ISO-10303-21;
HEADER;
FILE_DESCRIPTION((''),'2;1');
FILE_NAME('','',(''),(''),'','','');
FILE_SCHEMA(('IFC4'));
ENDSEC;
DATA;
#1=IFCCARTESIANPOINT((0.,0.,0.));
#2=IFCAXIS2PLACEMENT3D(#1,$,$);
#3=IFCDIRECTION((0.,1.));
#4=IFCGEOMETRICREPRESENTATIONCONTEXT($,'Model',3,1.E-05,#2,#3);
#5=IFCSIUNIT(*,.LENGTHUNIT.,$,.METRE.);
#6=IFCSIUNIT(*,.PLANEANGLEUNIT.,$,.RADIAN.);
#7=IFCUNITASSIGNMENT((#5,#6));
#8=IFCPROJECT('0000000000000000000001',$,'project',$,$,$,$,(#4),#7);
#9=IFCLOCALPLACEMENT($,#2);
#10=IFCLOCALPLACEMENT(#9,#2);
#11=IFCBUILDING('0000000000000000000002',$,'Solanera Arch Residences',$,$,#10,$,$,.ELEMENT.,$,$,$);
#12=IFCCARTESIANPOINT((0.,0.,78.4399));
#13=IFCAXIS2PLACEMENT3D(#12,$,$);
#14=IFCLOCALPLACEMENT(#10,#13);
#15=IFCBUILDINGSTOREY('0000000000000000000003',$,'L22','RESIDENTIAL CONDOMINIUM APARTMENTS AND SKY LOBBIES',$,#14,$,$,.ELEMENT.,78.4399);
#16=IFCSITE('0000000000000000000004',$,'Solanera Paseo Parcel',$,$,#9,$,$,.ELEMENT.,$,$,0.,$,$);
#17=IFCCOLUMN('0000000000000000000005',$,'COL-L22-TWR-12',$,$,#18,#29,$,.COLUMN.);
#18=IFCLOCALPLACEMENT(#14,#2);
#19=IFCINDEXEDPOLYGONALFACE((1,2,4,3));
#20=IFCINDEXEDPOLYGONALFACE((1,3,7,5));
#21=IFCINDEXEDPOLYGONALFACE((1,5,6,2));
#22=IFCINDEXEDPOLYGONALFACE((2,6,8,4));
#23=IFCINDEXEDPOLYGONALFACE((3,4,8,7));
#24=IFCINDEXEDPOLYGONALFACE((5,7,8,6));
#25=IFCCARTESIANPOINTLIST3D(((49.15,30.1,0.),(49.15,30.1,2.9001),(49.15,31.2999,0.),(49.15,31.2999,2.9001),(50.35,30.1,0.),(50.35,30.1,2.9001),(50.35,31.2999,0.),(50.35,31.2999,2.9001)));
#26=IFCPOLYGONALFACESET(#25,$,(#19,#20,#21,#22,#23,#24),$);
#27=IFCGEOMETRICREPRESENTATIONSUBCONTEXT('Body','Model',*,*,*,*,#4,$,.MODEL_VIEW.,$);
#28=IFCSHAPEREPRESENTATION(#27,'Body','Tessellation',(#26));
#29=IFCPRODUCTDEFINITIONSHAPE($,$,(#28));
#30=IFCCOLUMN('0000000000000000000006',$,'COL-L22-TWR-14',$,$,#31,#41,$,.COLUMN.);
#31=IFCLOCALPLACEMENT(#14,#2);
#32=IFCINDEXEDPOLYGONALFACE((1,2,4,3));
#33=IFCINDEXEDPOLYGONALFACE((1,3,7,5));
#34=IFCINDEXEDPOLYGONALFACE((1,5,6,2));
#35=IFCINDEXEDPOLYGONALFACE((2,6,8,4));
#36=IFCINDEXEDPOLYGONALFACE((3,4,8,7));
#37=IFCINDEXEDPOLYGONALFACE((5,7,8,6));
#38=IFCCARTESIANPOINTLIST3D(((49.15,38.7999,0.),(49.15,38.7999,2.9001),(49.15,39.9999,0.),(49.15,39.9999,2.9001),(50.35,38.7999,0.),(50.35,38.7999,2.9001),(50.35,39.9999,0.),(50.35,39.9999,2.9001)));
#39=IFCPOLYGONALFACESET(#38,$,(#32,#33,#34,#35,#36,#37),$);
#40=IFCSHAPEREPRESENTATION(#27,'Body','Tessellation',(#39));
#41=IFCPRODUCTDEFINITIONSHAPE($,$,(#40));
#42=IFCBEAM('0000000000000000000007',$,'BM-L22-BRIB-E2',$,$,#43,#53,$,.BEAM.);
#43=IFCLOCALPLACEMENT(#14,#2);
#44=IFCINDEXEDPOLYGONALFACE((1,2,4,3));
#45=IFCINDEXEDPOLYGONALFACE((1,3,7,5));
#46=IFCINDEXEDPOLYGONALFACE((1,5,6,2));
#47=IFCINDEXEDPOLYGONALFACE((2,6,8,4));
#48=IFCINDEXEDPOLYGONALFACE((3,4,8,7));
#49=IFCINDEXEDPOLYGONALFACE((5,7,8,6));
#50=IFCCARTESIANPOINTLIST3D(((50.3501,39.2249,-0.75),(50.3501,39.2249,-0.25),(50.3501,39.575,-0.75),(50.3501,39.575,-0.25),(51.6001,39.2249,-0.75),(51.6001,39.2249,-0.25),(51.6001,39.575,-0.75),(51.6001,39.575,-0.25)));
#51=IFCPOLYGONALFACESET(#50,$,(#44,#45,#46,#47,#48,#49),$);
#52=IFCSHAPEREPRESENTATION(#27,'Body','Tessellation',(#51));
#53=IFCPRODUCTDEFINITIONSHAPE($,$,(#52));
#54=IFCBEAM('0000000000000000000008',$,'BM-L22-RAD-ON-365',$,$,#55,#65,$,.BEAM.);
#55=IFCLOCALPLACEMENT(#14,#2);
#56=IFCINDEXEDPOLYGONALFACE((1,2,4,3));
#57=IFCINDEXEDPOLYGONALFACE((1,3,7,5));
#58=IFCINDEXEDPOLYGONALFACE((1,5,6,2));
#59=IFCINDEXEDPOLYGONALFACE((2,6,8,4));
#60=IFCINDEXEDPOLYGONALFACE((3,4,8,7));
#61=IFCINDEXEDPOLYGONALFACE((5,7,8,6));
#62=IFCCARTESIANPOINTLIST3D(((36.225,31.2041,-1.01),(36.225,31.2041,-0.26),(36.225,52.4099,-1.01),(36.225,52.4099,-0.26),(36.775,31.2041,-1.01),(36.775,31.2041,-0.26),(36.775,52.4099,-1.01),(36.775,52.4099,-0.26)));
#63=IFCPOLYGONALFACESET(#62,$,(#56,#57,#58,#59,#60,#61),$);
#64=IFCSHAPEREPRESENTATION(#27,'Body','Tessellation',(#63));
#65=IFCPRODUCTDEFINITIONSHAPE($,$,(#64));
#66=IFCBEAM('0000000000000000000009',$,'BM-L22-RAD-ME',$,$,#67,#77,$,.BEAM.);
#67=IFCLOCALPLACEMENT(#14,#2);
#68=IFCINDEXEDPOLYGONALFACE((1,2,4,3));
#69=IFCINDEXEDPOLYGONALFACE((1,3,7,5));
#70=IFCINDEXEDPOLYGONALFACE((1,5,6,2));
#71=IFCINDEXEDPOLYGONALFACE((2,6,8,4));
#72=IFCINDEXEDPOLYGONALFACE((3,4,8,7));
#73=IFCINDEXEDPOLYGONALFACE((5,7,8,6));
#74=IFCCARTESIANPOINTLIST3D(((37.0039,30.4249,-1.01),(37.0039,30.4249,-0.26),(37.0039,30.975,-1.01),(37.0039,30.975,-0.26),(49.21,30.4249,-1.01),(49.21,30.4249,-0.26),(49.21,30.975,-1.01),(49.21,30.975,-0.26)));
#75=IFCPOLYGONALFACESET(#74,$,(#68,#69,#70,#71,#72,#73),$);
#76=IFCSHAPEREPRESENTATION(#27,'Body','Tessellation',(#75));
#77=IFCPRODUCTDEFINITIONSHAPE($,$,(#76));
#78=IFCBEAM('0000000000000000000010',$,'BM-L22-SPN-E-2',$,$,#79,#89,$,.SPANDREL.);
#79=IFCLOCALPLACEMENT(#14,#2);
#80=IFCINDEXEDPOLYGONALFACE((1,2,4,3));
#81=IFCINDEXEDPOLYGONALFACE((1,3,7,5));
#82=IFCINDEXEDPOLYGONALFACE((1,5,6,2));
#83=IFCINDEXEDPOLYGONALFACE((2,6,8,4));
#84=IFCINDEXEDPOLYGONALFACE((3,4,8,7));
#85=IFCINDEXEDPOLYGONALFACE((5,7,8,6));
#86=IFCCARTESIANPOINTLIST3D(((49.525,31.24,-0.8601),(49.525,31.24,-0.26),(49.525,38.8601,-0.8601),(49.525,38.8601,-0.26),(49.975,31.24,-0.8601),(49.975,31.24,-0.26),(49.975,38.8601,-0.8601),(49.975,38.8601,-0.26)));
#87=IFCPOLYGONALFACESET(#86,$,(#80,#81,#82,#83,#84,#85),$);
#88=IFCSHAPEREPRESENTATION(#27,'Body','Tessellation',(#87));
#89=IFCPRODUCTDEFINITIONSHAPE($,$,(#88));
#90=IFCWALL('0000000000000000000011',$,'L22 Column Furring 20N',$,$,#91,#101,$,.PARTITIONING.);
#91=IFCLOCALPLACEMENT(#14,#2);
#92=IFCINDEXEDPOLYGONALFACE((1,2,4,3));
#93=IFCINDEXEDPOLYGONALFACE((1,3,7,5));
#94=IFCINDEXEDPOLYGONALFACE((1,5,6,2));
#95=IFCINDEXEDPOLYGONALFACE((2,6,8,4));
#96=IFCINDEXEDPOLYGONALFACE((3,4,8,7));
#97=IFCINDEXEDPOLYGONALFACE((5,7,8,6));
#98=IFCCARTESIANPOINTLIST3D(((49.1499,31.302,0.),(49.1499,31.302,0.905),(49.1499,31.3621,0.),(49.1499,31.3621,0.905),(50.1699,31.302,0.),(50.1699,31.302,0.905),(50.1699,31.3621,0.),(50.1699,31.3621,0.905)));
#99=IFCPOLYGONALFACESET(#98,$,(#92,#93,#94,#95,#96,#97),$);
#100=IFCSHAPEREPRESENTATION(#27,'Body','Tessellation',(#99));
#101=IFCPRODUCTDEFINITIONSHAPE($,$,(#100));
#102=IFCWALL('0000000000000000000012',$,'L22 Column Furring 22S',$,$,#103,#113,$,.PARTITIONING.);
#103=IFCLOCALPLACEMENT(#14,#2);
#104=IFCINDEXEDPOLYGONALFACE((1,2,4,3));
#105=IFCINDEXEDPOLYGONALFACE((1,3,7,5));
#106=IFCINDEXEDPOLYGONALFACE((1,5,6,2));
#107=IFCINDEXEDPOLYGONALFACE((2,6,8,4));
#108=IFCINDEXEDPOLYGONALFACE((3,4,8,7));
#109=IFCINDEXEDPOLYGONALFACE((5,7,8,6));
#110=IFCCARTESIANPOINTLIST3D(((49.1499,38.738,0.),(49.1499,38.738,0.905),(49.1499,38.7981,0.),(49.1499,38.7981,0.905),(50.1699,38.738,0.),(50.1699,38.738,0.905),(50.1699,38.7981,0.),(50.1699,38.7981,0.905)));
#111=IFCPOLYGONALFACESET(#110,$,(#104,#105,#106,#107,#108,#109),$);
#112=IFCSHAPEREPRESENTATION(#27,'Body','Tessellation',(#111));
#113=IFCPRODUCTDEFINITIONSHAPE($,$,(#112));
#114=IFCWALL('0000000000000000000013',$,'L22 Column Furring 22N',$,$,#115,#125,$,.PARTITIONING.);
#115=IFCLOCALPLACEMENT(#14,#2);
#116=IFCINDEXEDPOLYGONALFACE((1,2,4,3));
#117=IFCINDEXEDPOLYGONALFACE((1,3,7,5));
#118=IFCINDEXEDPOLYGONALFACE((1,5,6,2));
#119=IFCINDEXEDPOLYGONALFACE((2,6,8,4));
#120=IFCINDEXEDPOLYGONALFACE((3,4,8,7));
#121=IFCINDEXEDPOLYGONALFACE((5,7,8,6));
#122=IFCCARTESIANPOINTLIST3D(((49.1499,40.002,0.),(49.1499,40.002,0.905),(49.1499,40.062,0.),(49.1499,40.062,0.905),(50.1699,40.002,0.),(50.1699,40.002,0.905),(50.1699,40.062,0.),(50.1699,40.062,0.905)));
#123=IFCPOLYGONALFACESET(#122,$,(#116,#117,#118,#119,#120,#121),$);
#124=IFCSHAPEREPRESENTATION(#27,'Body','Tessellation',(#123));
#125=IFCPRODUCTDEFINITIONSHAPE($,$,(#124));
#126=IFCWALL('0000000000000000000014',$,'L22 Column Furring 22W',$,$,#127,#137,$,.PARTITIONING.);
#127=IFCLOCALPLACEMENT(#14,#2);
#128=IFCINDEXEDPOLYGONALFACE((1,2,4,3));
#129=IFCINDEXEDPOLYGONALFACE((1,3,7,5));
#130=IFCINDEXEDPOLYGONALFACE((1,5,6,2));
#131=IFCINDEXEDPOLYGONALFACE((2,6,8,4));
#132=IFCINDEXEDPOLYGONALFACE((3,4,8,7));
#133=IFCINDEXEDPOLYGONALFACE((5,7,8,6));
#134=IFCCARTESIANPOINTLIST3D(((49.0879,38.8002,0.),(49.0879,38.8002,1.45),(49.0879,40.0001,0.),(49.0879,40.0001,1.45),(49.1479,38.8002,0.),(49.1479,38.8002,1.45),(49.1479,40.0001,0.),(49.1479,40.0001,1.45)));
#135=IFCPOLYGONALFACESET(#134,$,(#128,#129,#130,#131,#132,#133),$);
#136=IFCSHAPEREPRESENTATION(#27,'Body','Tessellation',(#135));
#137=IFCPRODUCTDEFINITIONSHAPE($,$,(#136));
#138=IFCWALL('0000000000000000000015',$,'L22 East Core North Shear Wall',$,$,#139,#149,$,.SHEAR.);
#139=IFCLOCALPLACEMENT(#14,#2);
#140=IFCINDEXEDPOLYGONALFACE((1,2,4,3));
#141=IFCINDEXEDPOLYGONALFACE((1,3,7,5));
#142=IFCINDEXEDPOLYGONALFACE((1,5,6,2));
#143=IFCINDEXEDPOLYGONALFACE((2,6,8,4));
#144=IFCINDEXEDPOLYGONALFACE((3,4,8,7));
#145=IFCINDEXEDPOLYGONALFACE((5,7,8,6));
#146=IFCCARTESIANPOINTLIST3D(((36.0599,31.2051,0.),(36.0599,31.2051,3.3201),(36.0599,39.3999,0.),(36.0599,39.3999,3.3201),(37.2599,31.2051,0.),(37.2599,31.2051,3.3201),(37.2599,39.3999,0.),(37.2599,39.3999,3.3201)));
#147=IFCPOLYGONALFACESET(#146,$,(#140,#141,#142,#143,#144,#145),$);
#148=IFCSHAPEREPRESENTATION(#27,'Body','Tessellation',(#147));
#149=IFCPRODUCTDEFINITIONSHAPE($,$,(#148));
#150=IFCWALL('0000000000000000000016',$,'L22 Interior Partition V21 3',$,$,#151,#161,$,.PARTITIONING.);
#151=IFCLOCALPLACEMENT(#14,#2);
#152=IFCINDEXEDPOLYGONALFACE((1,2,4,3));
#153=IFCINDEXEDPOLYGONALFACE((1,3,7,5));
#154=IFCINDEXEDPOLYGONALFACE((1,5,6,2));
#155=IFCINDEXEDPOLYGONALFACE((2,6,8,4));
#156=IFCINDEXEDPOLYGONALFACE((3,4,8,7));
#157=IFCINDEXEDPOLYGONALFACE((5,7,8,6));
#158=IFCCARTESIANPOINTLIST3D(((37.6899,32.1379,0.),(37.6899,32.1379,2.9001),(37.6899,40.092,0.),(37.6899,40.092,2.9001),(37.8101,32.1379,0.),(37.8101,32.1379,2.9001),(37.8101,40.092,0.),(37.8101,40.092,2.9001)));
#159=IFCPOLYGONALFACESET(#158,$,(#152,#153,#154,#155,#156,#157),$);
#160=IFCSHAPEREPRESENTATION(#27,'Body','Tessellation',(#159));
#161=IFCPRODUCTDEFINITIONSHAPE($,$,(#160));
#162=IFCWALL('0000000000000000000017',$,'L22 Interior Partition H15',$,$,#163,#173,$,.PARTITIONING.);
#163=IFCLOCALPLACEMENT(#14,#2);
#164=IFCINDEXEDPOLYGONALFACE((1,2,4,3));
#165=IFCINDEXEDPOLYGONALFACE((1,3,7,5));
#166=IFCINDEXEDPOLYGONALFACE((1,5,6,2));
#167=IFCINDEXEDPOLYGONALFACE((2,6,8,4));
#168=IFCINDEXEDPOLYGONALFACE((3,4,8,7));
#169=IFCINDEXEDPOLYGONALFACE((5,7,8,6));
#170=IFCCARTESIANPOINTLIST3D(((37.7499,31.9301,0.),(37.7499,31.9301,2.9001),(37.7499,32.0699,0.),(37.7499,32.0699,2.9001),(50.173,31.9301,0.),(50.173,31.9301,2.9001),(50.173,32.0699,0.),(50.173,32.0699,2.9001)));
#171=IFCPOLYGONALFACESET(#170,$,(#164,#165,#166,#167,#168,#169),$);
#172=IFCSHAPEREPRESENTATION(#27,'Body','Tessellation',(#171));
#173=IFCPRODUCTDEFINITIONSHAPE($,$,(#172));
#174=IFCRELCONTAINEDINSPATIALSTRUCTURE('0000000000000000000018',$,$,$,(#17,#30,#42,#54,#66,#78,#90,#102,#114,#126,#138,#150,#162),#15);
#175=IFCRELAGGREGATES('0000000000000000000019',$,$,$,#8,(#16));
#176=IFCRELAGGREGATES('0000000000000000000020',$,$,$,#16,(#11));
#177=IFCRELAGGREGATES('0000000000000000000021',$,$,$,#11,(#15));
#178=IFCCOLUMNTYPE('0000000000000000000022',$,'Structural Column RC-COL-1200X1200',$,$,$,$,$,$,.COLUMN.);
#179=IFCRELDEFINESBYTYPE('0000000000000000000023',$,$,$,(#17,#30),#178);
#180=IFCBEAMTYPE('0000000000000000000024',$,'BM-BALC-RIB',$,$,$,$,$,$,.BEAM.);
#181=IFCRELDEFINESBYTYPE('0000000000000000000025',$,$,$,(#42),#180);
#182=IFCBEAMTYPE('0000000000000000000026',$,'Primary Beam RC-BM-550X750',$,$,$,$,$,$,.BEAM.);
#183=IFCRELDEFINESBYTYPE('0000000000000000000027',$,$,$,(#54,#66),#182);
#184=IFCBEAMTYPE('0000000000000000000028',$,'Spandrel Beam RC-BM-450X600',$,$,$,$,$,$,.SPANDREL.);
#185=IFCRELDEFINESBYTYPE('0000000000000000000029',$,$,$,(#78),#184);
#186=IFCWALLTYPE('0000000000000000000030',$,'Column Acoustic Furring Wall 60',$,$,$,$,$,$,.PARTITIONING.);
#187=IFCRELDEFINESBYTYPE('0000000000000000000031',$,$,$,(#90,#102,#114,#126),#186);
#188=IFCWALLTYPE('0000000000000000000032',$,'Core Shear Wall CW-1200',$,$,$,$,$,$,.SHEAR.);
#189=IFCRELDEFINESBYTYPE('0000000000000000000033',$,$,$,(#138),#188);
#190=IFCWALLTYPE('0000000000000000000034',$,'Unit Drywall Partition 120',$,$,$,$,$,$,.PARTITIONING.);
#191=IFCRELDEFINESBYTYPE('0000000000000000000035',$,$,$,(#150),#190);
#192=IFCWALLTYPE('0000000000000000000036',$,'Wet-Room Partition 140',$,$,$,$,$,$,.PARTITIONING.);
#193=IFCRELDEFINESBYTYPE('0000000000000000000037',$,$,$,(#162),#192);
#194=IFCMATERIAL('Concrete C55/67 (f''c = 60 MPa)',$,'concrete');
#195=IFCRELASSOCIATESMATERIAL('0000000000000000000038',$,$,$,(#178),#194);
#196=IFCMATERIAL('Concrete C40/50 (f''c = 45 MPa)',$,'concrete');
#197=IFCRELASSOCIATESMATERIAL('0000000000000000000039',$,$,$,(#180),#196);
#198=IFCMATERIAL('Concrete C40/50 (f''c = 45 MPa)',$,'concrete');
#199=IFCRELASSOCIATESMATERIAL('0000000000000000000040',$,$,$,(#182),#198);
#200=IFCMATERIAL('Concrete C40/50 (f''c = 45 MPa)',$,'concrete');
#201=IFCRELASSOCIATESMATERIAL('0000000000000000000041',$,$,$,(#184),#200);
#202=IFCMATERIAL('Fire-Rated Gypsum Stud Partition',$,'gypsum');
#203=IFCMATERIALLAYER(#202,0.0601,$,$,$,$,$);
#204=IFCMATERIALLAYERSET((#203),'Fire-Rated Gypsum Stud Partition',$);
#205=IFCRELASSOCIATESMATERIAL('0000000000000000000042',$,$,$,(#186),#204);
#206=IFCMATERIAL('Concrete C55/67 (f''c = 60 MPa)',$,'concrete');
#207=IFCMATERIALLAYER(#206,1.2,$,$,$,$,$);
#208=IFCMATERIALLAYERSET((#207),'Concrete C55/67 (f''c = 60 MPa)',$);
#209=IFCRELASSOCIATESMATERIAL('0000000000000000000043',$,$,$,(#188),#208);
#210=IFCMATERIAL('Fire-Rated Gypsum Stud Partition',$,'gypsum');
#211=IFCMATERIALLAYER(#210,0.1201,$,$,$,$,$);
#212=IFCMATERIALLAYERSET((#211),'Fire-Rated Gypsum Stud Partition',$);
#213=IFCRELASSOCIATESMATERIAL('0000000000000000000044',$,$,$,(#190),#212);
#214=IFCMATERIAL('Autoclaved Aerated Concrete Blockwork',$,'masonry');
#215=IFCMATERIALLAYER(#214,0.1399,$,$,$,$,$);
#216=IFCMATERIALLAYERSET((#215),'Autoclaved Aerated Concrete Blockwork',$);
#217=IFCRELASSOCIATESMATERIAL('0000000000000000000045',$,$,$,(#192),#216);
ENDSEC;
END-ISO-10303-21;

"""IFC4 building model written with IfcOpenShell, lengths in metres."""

from ifc_helpers import new_model, si_unit, direction, frame, frame_2d, origin, origin_2d, place, context, subcontext, project, spatial, rectangle, extrude, material, layer, layer_set, material_profile, profile_set, type_object, element, save


model = new_model("IFC4")

# Units and contexts
model_context = context("Model", 3, precision=1e-05, world=origin(), true_north=direction((0.0, 1.0)))
body_context = subcontext(model_context, "Body", "Model", "MODEL_VIEW")
ifc_project = project(units=[si_unit("LENGTHUNIT", "METRE"), si_unit("PLANEANGLEUNIT", "RADIAN")], contexts=[model_context])

# Site, building, storey
site_placement = place(None, origin())
site = spatial("IfcSite", under=ifc_project, at=site_placement, Name="Solanera Paseo Parcel", CompositionType="ELEMENT", RefElevation=0.0)
building_placement = place(site_placement, origin())
building = spatial("IfcBuilding", under=site, at=building_placement, Name="Solanera Arch Residences", CompositionType="ELEMENT")
storey_placement = place(building_placement, frame((0.0, 0.0, 78.4399)))
storey = spatial("IfcBuildingStorey", under=building, at=storey_placement, Name="L22", Description="RESIDENTIAL CONDOMINIUM APARTMENTS AND SKY LOBBIES", CompositionType="ELEMENT", Elevation=78.4399)

# Columns
ifc_material_1 = material(Name="Concrete C55/67 (f'c = 60 MPa)", Category="concrete")
ifc_material_profile_1 = material_profile(ifc_material_1, rectangle(XDim=1.2, YDim=1.2, at=origin_2d()))
ifc_profile_set_1 = profile_set([ifc_material_profile_1], Name="Concrete C55/67 (f'c = 60 MPa)")
column_type = type_object("IfcColumnType", Name="Structural Column RC-COL-1200X1200", PredefinedType="COLUMN", material=ifc_profile_set_1)
for number, where, z_axis, x_axis, name in (
    (1, (49.75, 30.7, 0.0), (0.0, 0.0, 1.0), (1.0, 0.0, 0.0), "COL-L22-TWR-12"),
    (2, (49.75, 39.3999, 0.0), (0.0, 0.0, 1.0), (1.0, 0.0, 0.0), "COL-L22-TWR-14"),
):
    element("IfcColumn", number, at=place(storey_placement, frame(where, z_axis=z_axis, x_axis=x_axis)), inside=storey, type_object=column_type, Name=name, PredefinedType="COLUMN", context=body_context, shape_type="SweptSolid", body=[
        extrude(rectangle(XDim=1.2, YDim=1.2, at=origin_2d()), origin(), (0.0, 0.0, 1.0), 2.9001),
    ])

# Beams
ifc_material_2 = material(Name="Concrete C40/50 (f'c = 45 MPa)", Category="concrete")
ifc_material_profile_2 = material_profile(ifc_material_2, rectangle(XDim=0.3501, YDim=0.5, at=origin_2d()))
ifc_profile_set_2 = profile_set([ifc_material_profile_2], Name="Concrete C40/50 (f'c = 45 MPa)")
beam_type_1 = type_object("IfcBeamType", Name="BM-BALC-RIB", PredefinedType="BEAM", material=ifc_profile_set_2)
beam_1_placement = place(storey_placement, frame((50.3501, 39.3999, -0.5), z_axis=(1.0, 0.0, 0.0), x_axis=(0.0, 1.0, 0.0)))
element("IfcBeam", 3, at=beam_1_placement, inside=storey, type_object=beam_type_1, Name="BM-L22-BRIB-E2", PredefinedType="BEAM", context=body_context, shape_type="SweptSolid", body=[
    extrude(rectangle(XDim=0.3501, YDim=0.5, at=origin_2d()), origin(), (0.0, 0.0, 1.0), 1.25),
])
ifc_material_3 = material(Name="Concrete C40/50 (f'c = 45 MPa)", Category="concrete")
ifc_material_profile_3 = material_profile(ifc_material_3, rectangle(XDim=0.55, YDim=0.75, at=origin_2d()))
ifc_profile_set_3 = profile_set([ifc_material_profile_3], Name="Concrete C40/50 (f'c = 45 MPa)")
beam_type_2 = type_object("IfcBeamType", Name="Primary Beam RC-BM-550X750", PredefinedType="BEAM", material=ifc_profile_set_3)
beam_2_placement = place(storey_placement, frame((36.5, 31.2041, -0.635), z_axis=(0.0, 1.0, 0.0), x_axis=(-1.0, 0.0, 0.0)))
element("IfcBeam", 4, at=beam_2_placement, inside=storey, type_object=beam_type_2, Name="BM-L22-RAD-ON-365", PredefinedType="BEAM", context=body_context, shape_type="SweptSolid", body=[
    extrude(rectangle(XDim=0.55, YDim=0.75, at=origin_2d()), origin(), (0.0, 0.0, 1.0), 21.2058),
])
beam_3_placement = place(storey_placement, frame((37.0039, 30.7, -0.635), z_axis=(1.0, 0.0, 0.0), x_axis=(0.0, 1.0, 0.0)))
element("IfcBeam", 5, at=beam_3_placement, inside=storey, type_object=beam_type_2, Name="BM-L22-RAD-ME", PredefinedType="BEAM", context=body_context, shape_type="SweptSolid", body=[
    extrude(rectangle(XDim=0.55, YDim=0.75, at=origin_2d()), origin(), (0.0, 0.0, 1.0), 12.2061),
])
ifc_material_4 = material(Name="Concrete C40/50 (f'c = 45 MPa)", Category="concrete")
ifc_material_profile_4 = material_profile(ifc_material_4, rectangle(XDim=0.45, YDim=0.6001, at=origin_2d()))
ifc_profile_set_4 = profile_set([ifc_material_profile_4], Name="Concrete C40/50 (f'c = 45 MPa)")
beam_type_3 = type_object("IfcBeamType", Name="Spandrel Beam RC-BM-450X600", PredefinedType="SPANDREL", material=ifc_profile_set_4)
beam_4_placement = place(storey_placement, frame((49.75, 31.24, -0.5601), z_axis=(0.0, 1.0, 0.0), x_axis=(-1.0, 0.0, 0.0)))
element("IfcBeam", 6, at=beam_4_placement, inside=storey, type_object=beam_type_3, Name="BM-L22-SPN-E-2", PredefinedType="SPANDREL", context=body_context, shape_type="SweptSolid", body=[
    extrude(rectangle(XDim=0.45, YDim=0.6001, at=origin_2d()), origin(), (0.0, 0.0, 1.0), 7.6201),
])

# Walls
ifc_material_5 = material(Name="Fire-Rated Gypsum Stud Partition", Category="gypsum")
ifc_layer_1 = layer(ifc_material_5, 0.0601)
ifc_layer_set_1 = layer_set([ifc_layer_1], Name="Fire-Rated Gypsum Stud Partition")
wall_type_1 = type_object("IfcWallType", Name="Column Acoustic Furring Wall 60", PredefinedType="PARTITIONING", material=ifc_layer_set_1)
for number, where, z_axis, x_axis, name in (
    (7, (49.1499, 31.332, 0.0), (0.0, 0.0, 1.0), (1.0, 0.0, 0.0), "L22 Column Furring 20N"),
    (8, (49.1499, 38.7681, 0.0), (0.0, 0.0, 1.0), (1.0, 0.0, 0.0), "L22 Column Furring 22S"),
    (9, (49.1499, 40.032, 0.0), (0.0, 0.0, 1.0), (1.0, 0.0, 0.0), "L22 Column Furring 22N"),
):
    element("IfcWall", number, at=place(storey_placement, frame(where, z_axis=z_axis, x_axis=x_axis)), inside=storey, type_object=wall_type_1, Name=name, PredefinedType="PARTITIONING", context=body_context, shape_type="SweptSolid", body=[
        extrude(rectangle(XDim=1.02, YDim=0.0601, at=frame_2d((0.51, 0.0))), origin(), (0.0, 0.0, 1.0), 0.905),
    ])
wall_1_placement = place(storey_placement, frame((49.1179, 38.8, 0.0), z_axis=(0.0, 0.0, 1.0), x_axis=(0.0, 1.0, 0.0)))
element("IfcWall", 10, at=wall_1_placement, inside=storey, type_object=wall_type_1, Name="L22 Column Furring 22W", PredefinedType="PARTITIONING", context=body_context, shape_type="SweptSolid", body=[
    extrude(rectangle(XDim=1.2, YDim=0.0601, at=frame_2d((0.6001, 0.0))), origin(), (0.0, 0.0, 1.0), 1.45),
])
ifc_material_6 = material(Name="Concrete C55/67 (f'c = 60 MPa)", Category="concrete")
ifc_layer_2 = layer(ifc_material_6, 1.2)
ifc_layer_set_2 = layer_set([ifc_layer_2], Name="Concrete C55/67 (f'c = 60 MPa)")
wall_type_2 = type_object("IfcWallType", Name="Core Shear Wall CW-1200", PredefinedType="SHEAR", material=ifc_layer_set_2)
wall_2_placement = place(storey_placement, frame((36.6599, 31.2051, 0.0), z_axis=(0.0, 0.0, 1.0), x_axis=(0.0, 1.0, 0.0)))
element("IfcWall", 11, at=wall_2_placement, inside=storey, type_object=wall_type_2, Name="L22 East Core North Shear Wall", PredefinedType="SHEAR", context=body_context, shape_type="SweptSolid", body=[
    extrude(rectangle(XDim=8.1948, YDim=1.2, at=frame_2d((4.0974, 0.0))), origin(), (0.0, 0.0, 1.0), 3.3201),
])
ifc_material_7 = material(Name="Fire-Rated Gypsum Stud Partition", Category="gypsum")
ifc_layer_3 = layer(ifc_material_7, 0.1201)
ifc_layer_set_3 = layer_set([ifc_layer_3], Name="Fire-Rated Gypsum Stud Partition")
wall_type_3 = type_object("IfcWallType", Name="Unit Drywall Partition 120", PredefinedType="PARTITIONING", material=ifc_layer_set_3)
wall_3_placement = place(storey_placement, frame((37.75, 32.1379, 0.0), z_axis=(0.0, 0.0, 1.0), x_axis=(0.0, 1.0, 0.0)))
element("IfcWall", 12, at=wall_3_placement, inside=storey, type_object=wall_type_3, Name="L22 Interior Partition V21 3", PredefinedType="PARTITIONING", context=body_context, shape_type="SweptSolid", body=[
    extrude(rectangle(XDim=7.9541, YDim=0.1201, at=frame_2d((3.9771, 0.0))), origin(), (0.0, 0.0, 1.0), 2.9001),
])
ifc_material_8 = material(Name="Autoclaved Aerated Concrete Blockwork", Category="masonry")
ifc_layer_4 = layer(ifc_material_8, 0.1399)
ifc_layer_set_4 = layer_set([ifc_layer_4], Name="Autoclaved Aerated Concrete Blockwork")
wall_type_4 = type_object("IfcWallType", Name="Wet-Room Partition 140", PredefinedType="PARTITIONING", material=ifc_layer_set_4)
wall_4_placement = place(storey_placement, frame((37.75, 32.0, 0.0), z_axis=(0.0, 0.0, 1.0), x_axis=(1.0, 0.0, 0.0)))
element("IfcWall", 13, at=wall_4_placement, inside=storey, type_object=wall_type_4, Name="L22 Interior Partition H15", PredefinedType="PARTITIONING", context=body_context, shape_type="SweptSolid", body=[
    extrude(rectangle(XDim=12.4231, YDim=0.1399, at=frame_2d((6.2114, 0.0))), origin(), (0.0, 0.0, 1.0), 2.9001),
])

save(model, "model.ifc")
